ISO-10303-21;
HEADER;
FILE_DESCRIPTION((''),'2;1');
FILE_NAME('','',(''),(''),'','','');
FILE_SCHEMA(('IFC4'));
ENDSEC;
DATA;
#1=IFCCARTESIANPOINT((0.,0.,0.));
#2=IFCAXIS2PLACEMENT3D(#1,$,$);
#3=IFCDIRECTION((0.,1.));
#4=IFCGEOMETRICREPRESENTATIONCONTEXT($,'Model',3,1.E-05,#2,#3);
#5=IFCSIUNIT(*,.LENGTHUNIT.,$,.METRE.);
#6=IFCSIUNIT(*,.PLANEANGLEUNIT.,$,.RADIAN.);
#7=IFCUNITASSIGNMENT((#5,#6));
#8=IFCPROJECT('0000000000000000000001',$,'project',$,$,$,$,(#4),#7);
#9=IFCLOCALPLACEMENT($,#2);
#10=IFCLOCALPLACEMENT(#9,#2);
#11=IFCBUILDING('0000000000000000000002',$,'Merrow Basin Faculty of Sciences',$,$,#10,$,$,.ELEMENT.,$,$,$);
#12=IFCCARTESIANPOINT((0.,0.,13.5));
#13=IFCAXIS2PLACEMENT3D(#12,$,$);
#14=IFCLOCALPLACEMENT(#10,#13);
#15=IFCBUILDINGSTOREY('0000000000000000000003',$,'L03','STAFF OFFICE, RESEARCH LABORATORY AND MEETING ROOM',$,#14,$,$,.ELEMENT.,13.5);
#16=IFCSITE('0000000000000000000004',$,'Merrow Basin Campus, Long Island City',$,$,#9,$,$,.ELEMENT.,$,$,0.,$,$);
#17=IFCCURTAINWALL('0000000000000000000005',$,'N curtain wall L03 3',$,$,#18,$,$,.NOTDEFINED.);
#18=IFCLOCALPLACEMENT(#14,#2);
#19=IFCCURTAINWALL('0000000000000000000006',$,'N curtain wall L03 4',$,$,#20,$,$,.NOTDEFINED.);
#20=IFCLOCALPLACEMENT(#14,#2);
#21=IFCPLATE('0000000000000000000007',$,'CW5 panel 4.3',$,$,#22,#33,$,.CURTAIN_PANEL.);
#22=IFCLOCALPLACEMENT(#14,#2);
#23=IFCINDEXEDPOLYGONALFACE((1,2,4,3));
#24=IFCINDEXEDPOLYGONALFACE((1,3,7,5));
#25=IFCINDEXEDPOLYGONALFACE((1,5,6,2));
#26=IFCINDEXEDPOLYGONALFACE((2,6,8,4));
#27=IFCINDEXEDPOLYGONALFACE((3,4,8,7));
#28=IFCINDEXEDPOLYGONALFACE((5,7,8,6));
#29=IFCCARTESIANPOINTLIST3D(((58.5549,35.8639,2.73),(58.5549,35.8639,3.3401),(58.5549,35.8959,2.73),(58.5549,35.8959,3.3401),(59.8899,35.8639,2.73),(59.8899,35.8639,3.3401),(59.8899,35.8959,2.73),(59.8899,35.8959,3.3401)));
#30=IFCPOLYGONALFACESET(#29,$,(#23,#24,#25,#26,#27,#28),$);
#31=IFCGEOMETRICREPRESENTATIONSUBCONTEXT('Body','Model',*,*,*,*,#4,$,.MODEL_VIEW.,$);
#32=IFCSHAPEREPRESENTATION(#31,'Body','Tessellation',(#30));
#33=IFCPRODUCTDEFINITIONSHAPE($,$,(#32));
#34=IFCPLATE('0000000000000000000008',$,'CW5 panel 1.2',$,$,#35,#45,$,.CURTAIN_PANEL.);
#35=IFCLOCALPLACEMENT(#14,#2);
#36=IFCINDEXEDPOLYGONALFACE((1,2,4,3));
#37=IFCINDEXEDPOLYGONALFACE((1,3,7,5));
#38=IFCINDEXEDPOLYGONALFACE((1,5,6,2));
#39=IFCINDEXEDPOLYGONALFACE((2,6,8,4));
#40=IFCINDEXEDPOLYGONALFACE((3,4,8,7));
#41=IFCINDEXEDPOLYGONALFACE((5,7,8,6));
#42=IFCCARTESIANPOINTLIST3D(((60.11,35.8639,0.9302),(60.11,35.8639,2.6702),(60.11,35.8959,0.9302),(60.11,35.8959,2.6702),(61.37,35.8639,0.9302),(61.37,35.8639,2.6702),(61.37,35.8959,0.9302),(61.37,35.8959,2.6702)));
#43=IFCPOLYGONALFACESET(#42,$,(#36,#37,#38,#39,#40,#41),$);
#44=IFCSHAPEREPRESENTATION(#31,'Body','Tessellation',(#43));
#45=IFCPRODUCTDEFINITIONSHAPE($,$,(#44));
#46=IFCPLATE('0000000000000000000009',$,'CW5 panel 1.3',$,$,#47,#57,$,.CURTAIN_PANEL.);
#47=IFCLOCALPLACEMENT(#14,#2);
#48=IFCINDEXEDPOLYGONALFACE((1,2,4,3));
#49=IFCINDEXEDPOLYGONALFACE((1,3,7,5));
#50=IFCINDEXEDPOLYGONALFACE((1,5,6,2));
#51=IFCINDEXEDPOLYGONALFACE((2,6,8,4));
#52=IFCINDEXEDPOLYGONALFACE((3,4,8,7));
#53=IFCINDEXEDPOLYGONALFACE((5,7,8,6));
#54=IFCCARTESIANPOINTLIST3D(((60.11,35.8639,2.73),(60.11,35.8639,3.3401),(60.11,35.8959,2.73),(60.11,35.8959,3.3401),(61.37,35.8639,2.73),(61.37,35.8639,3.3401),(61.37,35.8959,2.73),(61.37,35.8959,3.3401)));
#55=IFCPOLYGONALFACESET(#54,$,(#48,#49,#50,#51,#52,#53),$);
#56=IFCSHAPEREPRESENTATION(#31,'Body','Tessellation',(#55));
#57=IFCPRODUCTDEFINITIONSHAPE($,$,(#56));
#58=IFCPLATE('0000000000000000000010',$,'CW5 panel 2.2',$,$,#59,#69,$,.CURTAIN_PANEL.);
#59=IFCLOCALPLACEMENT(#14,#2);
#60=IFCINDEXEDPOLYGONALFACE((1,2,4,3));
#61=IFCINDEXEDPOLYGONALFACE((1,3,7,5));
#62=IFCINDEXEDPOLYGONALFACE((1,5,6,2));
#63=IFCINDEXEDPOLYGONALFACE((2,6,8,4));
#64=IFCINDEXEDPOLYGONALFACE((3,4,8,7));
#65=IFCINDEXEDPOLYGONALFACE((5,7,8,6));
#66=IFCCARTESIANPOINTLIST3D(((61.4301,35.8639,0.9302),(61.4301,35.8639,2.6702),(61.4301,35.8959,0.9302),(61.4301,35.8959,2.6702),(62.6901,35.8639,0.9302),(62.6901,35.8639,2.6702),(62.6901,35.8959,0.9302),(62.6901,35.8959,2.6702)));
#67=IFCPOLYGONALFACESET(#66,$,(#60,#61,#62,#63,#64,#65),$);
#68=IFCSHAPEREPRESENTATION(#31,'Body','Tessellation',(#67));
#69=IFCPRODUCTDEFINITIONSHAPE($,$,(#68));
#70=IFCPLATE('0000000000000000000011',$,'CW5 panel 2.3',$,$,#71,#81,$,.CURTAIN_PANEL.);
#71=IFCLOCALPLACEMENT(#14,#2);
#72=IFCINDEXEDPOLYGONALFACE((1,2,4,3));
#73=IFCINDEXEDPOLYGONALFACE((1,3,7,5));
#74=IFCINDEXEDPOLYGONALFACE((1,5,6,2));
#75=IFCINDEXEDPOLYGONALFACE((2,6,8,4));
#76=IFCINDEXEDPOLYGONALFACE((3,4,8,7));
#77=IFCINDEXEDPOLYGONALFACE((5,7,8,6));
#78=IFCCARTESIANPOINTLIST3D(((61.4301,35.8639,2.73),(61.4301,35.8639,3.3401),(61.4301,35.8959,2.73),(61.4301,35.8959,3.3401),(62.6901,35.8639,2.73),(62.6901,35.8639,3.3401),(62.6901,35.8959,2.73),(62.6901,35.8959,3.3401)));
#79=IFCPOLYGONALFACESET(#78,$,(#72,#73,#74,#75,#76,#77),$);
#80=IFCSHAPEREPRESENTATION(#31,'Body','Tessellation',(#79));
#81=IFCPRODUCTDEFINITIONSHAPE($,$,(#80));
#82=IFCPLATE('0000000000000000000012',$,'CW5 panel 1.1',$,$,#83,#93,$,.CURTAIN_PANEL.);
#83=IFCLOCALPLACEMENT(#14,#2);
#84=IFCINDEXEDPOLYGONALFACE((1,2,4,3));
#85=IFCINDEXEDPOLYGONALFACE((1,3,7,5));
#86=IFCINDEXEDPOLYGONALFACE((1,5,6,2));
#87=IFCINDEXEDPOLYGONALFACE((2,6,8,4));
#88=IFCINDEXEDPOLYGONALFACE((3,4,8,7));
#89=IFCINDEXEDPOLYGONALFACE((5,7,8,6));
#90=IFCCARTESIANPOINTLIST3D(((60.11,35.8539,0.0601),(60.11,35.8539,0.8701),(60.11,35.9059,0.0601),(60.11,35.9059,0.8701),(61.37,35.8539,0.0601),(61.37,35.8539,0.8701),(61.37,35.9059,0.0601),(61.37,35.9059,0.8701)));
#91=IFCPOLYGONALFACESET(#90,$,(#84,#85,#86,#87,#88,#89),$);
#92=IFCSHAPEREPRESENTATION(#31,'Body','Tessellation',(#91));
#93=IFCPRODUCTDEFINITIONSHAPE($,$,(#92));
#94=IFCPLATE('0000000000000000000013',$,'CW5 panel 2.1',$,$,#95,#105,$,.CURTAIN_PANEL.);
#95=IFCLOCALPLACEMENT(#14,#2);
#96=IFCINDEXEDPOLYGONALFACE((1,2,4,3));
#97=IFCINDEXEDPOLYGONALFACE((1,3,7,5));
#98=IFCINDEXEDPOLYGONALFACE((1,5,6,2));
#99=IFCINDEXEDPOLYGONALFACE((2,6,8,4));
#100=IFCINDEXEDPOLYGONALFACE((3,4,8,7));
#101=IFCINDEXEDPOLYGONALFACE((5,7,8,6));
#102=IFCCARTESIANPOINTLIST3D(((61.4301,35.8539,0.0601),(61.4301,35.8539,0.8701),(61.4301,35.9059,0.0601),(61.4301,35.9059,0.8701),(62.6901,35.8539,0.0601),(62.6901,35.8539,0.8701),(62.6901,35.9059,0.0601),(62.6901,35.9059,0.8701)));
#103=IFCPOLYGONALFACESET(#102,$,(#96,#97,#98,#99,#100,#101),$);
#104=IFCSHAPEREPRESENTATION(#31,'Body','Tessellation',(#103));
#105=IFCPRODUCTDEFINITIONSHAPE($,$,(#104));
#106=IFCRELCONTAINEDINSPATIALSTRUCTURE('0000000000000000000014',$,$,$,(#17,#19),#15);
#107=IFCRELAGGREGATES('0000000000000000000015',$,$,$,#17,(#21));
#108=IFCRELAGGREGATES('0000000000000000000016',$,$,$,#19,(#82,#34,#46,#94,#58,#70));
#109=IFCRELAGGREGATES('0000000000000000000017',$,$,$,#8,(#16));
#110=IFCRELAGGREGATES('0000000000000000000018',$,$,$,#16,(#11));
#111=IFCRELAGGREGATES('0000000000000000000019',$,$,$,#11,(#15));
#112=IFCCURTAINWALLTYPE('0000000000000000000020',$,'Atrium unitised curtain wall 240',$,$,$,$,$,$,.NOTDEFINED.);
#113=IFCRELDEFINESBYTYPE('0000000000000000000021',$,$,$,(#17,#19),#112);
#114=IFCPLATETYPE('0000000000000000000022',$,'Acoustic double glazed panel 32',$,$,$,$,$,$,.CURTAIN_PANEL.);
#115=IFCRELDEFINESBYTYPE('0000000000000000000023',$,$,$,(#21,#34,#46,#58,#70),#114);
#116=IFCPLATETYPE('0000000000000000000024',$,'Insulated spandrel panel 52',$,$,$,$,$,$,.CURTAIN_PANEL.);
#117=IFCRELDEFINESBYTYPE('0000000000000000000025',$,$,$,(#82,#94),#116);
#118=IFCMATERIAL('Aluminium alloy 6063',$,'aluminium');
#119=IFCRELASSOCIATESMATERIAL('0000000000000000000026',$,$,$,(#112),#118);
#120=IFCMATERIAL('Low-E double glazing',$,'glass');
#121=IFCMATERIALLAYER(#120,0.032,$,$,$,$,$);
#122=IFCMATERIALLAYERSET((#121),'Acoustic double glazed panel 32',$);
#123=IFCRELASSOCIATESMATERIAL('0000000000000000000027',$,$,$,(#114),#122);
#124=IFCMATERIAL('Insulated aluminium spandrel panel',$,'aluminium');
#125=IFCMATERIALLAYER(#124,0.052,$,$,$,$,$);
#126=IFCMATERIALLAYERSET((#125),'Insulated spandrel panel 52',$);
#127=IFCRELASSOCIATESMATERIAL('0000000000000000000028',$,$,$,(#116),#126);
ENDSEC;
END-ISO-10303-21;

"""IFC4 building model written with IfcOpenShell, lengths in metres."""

from ifc_helpers import new_model, si_unit, direction, frame, origin, origin_2d, place, context, subcontext, project, spatial, rectangle, extrude, material, layer, layer_set, type_object, element, aggregate, save


model = new_model("IFC4")

# Units and contexts
model_context = context("Model", 3, precision=1e-05, world=origin(), true_north=direction((0.0, 1.0)))
body_context = subcontext(model_context, "Body", "Model", "MODEL_VIEW")
ifc_project = project(units=[si_unit("LENGTHUNIT", "METRE"), si_unit("PLANEANGLEUNIT", "RADIAN")], contexts=[model_context])

# Site, building, storey
site_placement = place(None, origin())
site = spatial("IfcSite", under=ifc_project, at=site_placement, Name="Merrow Basin Campus, Long Island City", CompositionType="ELEMENT", RefElevation=0.0)
building_placement = place(site_placement, origin())
building = spatial("IfcBuilding", under=site, at=building_placement, Name="Merrow Basin Faculty of Sciences", CompositionType="ELEMENT")
storey_placement = place(building_placement, frame((0.0, 0.0, 13.5)))
storey = spatial("IfcBuildingStorey", under=building, at=storey_placement, Name="L03", Description="STAFF OFFICE, RESEARCH LABORATORY AND MEETING ROOM", CompositionType="ELEMENT", Elevation=13.5)

# Curtain wall
ifc_material_1 = material(Name="Aluminium alloy 6063", Category="aluminium")
curtain_wall_type = type_object("IfcCurtainWallType", Name="Atrium unitised curtain wall 240", PredefinedType="NOTDEFINED", material=ifc_material_1)
curtain_wall_1_placement = place(storey_placement, origin())
curtain_wall_1 = element("IfcCurtainWall", 1, at=curtain_wall_1_placement, inside=storey, type_object=curtain_wall_type, Name="N curtain wall L03 3", PredefinedType="NOTDEFINED")

# Curtain wall
curtain_wall_2_placement = place(storey_placement, origin())
curtain_wall_2 = element("IfcCurtainWall", 2, at=curtain_wall_2_placement, inside=storey, type_object=curtain_wall_type, Name="N curtain wall L03 4", PredefinedType="NOTDEFINED")

# Plates
ifc_material_2 = material(Name="Low-E double glazing", Category="glass")
ifc_layer_1 = layer(ifc_material_2, 0.032)
ifc_layer_set_1 = layer_set([ifc_layer_1], Name="Acoustic double glazed panel 32")
plate_type_1 = type_object("IfcPlateType", Name="Acoustic double glazed panel 32", PredefinedType="CURTAIN_PANEL", material=ifc_layer_set_1)
plate_1_placement = place(storey_placement, frame((59.2224, 35.8799, 2.73), z_axis=(0.0, 0.0, 1.0), x_axis=(1.0, 0.0, 0.0)))
plate_1 = element("IfcPlate", 3, at=plate_1_placement, type_object=plate_type_1, Name="CW5 panel 4.3", PredefinedType="CURTAIN_PANEL", context=body_context, shape_type="SweptSolid", body=[
    extrude(rectangle(XDim=1.335, YDim=0.032, at=origin_2d()), origin(), (0.0, 0.0, 1.0), 0.6101),
])
aggregate(curtain_wall_1, [plate_1])
plate_2_placement = place(storey_placement, frame((60.74, 35.8799, 0.9302), z_axis=(0.0, 0.0, 1.0), x_axis=(1.0, 0.0, 0.0)))
plate_2 = element("IfcPlate", 4, at=plate_2_placement, type_object=plate_type_1, Name="CW5 panel 1.2", PredefinedType="CURTAIN_PANEL", context=body_context, shape_type="SweptSolid", body=[
    extrude(rectangle(XDim=1.26, YDim=0.032, at=origin_2d()), origin(), (0.0, 0.0, 1.0), 1.74),
])
plate_3_placement = place(storey_placement, frame((60.74, 35.8799, 2.73), z_axis=(0.0, 0.0, 1.0), x_axis=(1.0, 0.0, 0.0)))
plate_3 = element("IfcPlate", 5, at=plate_3_placement, type_object=plate_type_1, Name="CW5 panel 1.3", PredefinedType="CURTAIN_PANEL", context=body_context, shape_type="SweptSolid", body=[
    extrude(rectangle(XDim=1.26, YDim=0.032, at=origin_2d()), origin(), (0.0, 0.0, 1.0), 0.6101),
])
plate_4_placement = place(storey_placement, frame((62.0601, 35.8799, 0.9302), z_axis=(0.0, 0.0, 1.0), x_axis=(1.0, 0.0, 0.0)))
plate_4 = element("IfcPlate", 6, at=plate_4_placement, type_object=plate_type_1, Name="CW5 panel 2.2", PredefinedType="CURTAIN_PANEL", context=body_context, shape_type="SweptSolid", body=[
    extrude(rectangle(XDim=1.26, YDim=0.032, at=origin_2d()), origin(), (0.0, 0.0, 1.0), 1.74),
])
plate_5_placement = place(storey_placement, frame((62.0601, 35.8799, 2.73), z_axis=(0.0, 0.0, 1.0), x_axis=(1.0, 0.0, 0.0)))
plate_5 = element("IfcPlate", 7, at=plate_5_placement, type_object=plate_type_1, Name="CW5 panel 2.3", PredefinedType="CURTAIN_PANEL", context=body_context, shape_type="SweptSolid", body=[
    extrude(rectangle(XDim=1.26, YDim=0.032, at=origin_2d()), origin(), (0.0, 0.0, 1.0), 0.6101),
])
ifc_material_3 = material(Name="Insulated aluminium spandrel panel", Category="aluminium")
ifc_layer_2 = layer(ifc_material_3, 0.052)
ifc_layer_set_2 = layer_set([ifc_layer_2], Name="Insulated spandrel panel 52")
plate_type_2 = type_object("IfcPlateType", Name="Insulated spandrel panel 52", PredefinedType="CURTAIN_PANEL", material=ifc_layer_set_2)
plate_6_placement = place(storey_placement, frame((60.74, 35.8799, 0.0601), z_axis=(0.0, 0.0, 1.0), x_axis=(1.0, 0.0, 0.0)))
plate_6 = element("IfcPlate", 8, at=plate_6_placement, type_object=plate_type_2, Name="CW5 panel 1.1", PredefinedType="CURTAIN_PANEL", context=body_context, shape_type="SweptSolid", body=[
    extrude(rectangle(XDim=1.26, YDim=0.052, at=origin_2d()), origin(), (0.0, 0.0, 1.0), 0.8101),
])
plate_7_placement = place(storey_placement, frame((62.0601, 35.8799, 0.0601), z_axis=(0.0, 0.0, 1.0), x_axis=(1.0, 0.0, 0.0)))
plate_7 = element("IfcPlate", 9, at=plate_7_placement, type_object=plate_type_2, Name="CW5 panel 2.1", PredefinedType="CURTAIN_PANEL", context=body_context, shape_type="SweptSolid", body=[
    extrude(rectangle(XDim=1.26, YDim=0.052, at=origin_2d()), origin(), (0.0, 0.0, 1.0), 0.8101),
])
aggregate(curtain_wall_2, [plate_6, plate_2, plate_3, plate_7, plate_4, plate_5])

save(model, "model.ifc")
